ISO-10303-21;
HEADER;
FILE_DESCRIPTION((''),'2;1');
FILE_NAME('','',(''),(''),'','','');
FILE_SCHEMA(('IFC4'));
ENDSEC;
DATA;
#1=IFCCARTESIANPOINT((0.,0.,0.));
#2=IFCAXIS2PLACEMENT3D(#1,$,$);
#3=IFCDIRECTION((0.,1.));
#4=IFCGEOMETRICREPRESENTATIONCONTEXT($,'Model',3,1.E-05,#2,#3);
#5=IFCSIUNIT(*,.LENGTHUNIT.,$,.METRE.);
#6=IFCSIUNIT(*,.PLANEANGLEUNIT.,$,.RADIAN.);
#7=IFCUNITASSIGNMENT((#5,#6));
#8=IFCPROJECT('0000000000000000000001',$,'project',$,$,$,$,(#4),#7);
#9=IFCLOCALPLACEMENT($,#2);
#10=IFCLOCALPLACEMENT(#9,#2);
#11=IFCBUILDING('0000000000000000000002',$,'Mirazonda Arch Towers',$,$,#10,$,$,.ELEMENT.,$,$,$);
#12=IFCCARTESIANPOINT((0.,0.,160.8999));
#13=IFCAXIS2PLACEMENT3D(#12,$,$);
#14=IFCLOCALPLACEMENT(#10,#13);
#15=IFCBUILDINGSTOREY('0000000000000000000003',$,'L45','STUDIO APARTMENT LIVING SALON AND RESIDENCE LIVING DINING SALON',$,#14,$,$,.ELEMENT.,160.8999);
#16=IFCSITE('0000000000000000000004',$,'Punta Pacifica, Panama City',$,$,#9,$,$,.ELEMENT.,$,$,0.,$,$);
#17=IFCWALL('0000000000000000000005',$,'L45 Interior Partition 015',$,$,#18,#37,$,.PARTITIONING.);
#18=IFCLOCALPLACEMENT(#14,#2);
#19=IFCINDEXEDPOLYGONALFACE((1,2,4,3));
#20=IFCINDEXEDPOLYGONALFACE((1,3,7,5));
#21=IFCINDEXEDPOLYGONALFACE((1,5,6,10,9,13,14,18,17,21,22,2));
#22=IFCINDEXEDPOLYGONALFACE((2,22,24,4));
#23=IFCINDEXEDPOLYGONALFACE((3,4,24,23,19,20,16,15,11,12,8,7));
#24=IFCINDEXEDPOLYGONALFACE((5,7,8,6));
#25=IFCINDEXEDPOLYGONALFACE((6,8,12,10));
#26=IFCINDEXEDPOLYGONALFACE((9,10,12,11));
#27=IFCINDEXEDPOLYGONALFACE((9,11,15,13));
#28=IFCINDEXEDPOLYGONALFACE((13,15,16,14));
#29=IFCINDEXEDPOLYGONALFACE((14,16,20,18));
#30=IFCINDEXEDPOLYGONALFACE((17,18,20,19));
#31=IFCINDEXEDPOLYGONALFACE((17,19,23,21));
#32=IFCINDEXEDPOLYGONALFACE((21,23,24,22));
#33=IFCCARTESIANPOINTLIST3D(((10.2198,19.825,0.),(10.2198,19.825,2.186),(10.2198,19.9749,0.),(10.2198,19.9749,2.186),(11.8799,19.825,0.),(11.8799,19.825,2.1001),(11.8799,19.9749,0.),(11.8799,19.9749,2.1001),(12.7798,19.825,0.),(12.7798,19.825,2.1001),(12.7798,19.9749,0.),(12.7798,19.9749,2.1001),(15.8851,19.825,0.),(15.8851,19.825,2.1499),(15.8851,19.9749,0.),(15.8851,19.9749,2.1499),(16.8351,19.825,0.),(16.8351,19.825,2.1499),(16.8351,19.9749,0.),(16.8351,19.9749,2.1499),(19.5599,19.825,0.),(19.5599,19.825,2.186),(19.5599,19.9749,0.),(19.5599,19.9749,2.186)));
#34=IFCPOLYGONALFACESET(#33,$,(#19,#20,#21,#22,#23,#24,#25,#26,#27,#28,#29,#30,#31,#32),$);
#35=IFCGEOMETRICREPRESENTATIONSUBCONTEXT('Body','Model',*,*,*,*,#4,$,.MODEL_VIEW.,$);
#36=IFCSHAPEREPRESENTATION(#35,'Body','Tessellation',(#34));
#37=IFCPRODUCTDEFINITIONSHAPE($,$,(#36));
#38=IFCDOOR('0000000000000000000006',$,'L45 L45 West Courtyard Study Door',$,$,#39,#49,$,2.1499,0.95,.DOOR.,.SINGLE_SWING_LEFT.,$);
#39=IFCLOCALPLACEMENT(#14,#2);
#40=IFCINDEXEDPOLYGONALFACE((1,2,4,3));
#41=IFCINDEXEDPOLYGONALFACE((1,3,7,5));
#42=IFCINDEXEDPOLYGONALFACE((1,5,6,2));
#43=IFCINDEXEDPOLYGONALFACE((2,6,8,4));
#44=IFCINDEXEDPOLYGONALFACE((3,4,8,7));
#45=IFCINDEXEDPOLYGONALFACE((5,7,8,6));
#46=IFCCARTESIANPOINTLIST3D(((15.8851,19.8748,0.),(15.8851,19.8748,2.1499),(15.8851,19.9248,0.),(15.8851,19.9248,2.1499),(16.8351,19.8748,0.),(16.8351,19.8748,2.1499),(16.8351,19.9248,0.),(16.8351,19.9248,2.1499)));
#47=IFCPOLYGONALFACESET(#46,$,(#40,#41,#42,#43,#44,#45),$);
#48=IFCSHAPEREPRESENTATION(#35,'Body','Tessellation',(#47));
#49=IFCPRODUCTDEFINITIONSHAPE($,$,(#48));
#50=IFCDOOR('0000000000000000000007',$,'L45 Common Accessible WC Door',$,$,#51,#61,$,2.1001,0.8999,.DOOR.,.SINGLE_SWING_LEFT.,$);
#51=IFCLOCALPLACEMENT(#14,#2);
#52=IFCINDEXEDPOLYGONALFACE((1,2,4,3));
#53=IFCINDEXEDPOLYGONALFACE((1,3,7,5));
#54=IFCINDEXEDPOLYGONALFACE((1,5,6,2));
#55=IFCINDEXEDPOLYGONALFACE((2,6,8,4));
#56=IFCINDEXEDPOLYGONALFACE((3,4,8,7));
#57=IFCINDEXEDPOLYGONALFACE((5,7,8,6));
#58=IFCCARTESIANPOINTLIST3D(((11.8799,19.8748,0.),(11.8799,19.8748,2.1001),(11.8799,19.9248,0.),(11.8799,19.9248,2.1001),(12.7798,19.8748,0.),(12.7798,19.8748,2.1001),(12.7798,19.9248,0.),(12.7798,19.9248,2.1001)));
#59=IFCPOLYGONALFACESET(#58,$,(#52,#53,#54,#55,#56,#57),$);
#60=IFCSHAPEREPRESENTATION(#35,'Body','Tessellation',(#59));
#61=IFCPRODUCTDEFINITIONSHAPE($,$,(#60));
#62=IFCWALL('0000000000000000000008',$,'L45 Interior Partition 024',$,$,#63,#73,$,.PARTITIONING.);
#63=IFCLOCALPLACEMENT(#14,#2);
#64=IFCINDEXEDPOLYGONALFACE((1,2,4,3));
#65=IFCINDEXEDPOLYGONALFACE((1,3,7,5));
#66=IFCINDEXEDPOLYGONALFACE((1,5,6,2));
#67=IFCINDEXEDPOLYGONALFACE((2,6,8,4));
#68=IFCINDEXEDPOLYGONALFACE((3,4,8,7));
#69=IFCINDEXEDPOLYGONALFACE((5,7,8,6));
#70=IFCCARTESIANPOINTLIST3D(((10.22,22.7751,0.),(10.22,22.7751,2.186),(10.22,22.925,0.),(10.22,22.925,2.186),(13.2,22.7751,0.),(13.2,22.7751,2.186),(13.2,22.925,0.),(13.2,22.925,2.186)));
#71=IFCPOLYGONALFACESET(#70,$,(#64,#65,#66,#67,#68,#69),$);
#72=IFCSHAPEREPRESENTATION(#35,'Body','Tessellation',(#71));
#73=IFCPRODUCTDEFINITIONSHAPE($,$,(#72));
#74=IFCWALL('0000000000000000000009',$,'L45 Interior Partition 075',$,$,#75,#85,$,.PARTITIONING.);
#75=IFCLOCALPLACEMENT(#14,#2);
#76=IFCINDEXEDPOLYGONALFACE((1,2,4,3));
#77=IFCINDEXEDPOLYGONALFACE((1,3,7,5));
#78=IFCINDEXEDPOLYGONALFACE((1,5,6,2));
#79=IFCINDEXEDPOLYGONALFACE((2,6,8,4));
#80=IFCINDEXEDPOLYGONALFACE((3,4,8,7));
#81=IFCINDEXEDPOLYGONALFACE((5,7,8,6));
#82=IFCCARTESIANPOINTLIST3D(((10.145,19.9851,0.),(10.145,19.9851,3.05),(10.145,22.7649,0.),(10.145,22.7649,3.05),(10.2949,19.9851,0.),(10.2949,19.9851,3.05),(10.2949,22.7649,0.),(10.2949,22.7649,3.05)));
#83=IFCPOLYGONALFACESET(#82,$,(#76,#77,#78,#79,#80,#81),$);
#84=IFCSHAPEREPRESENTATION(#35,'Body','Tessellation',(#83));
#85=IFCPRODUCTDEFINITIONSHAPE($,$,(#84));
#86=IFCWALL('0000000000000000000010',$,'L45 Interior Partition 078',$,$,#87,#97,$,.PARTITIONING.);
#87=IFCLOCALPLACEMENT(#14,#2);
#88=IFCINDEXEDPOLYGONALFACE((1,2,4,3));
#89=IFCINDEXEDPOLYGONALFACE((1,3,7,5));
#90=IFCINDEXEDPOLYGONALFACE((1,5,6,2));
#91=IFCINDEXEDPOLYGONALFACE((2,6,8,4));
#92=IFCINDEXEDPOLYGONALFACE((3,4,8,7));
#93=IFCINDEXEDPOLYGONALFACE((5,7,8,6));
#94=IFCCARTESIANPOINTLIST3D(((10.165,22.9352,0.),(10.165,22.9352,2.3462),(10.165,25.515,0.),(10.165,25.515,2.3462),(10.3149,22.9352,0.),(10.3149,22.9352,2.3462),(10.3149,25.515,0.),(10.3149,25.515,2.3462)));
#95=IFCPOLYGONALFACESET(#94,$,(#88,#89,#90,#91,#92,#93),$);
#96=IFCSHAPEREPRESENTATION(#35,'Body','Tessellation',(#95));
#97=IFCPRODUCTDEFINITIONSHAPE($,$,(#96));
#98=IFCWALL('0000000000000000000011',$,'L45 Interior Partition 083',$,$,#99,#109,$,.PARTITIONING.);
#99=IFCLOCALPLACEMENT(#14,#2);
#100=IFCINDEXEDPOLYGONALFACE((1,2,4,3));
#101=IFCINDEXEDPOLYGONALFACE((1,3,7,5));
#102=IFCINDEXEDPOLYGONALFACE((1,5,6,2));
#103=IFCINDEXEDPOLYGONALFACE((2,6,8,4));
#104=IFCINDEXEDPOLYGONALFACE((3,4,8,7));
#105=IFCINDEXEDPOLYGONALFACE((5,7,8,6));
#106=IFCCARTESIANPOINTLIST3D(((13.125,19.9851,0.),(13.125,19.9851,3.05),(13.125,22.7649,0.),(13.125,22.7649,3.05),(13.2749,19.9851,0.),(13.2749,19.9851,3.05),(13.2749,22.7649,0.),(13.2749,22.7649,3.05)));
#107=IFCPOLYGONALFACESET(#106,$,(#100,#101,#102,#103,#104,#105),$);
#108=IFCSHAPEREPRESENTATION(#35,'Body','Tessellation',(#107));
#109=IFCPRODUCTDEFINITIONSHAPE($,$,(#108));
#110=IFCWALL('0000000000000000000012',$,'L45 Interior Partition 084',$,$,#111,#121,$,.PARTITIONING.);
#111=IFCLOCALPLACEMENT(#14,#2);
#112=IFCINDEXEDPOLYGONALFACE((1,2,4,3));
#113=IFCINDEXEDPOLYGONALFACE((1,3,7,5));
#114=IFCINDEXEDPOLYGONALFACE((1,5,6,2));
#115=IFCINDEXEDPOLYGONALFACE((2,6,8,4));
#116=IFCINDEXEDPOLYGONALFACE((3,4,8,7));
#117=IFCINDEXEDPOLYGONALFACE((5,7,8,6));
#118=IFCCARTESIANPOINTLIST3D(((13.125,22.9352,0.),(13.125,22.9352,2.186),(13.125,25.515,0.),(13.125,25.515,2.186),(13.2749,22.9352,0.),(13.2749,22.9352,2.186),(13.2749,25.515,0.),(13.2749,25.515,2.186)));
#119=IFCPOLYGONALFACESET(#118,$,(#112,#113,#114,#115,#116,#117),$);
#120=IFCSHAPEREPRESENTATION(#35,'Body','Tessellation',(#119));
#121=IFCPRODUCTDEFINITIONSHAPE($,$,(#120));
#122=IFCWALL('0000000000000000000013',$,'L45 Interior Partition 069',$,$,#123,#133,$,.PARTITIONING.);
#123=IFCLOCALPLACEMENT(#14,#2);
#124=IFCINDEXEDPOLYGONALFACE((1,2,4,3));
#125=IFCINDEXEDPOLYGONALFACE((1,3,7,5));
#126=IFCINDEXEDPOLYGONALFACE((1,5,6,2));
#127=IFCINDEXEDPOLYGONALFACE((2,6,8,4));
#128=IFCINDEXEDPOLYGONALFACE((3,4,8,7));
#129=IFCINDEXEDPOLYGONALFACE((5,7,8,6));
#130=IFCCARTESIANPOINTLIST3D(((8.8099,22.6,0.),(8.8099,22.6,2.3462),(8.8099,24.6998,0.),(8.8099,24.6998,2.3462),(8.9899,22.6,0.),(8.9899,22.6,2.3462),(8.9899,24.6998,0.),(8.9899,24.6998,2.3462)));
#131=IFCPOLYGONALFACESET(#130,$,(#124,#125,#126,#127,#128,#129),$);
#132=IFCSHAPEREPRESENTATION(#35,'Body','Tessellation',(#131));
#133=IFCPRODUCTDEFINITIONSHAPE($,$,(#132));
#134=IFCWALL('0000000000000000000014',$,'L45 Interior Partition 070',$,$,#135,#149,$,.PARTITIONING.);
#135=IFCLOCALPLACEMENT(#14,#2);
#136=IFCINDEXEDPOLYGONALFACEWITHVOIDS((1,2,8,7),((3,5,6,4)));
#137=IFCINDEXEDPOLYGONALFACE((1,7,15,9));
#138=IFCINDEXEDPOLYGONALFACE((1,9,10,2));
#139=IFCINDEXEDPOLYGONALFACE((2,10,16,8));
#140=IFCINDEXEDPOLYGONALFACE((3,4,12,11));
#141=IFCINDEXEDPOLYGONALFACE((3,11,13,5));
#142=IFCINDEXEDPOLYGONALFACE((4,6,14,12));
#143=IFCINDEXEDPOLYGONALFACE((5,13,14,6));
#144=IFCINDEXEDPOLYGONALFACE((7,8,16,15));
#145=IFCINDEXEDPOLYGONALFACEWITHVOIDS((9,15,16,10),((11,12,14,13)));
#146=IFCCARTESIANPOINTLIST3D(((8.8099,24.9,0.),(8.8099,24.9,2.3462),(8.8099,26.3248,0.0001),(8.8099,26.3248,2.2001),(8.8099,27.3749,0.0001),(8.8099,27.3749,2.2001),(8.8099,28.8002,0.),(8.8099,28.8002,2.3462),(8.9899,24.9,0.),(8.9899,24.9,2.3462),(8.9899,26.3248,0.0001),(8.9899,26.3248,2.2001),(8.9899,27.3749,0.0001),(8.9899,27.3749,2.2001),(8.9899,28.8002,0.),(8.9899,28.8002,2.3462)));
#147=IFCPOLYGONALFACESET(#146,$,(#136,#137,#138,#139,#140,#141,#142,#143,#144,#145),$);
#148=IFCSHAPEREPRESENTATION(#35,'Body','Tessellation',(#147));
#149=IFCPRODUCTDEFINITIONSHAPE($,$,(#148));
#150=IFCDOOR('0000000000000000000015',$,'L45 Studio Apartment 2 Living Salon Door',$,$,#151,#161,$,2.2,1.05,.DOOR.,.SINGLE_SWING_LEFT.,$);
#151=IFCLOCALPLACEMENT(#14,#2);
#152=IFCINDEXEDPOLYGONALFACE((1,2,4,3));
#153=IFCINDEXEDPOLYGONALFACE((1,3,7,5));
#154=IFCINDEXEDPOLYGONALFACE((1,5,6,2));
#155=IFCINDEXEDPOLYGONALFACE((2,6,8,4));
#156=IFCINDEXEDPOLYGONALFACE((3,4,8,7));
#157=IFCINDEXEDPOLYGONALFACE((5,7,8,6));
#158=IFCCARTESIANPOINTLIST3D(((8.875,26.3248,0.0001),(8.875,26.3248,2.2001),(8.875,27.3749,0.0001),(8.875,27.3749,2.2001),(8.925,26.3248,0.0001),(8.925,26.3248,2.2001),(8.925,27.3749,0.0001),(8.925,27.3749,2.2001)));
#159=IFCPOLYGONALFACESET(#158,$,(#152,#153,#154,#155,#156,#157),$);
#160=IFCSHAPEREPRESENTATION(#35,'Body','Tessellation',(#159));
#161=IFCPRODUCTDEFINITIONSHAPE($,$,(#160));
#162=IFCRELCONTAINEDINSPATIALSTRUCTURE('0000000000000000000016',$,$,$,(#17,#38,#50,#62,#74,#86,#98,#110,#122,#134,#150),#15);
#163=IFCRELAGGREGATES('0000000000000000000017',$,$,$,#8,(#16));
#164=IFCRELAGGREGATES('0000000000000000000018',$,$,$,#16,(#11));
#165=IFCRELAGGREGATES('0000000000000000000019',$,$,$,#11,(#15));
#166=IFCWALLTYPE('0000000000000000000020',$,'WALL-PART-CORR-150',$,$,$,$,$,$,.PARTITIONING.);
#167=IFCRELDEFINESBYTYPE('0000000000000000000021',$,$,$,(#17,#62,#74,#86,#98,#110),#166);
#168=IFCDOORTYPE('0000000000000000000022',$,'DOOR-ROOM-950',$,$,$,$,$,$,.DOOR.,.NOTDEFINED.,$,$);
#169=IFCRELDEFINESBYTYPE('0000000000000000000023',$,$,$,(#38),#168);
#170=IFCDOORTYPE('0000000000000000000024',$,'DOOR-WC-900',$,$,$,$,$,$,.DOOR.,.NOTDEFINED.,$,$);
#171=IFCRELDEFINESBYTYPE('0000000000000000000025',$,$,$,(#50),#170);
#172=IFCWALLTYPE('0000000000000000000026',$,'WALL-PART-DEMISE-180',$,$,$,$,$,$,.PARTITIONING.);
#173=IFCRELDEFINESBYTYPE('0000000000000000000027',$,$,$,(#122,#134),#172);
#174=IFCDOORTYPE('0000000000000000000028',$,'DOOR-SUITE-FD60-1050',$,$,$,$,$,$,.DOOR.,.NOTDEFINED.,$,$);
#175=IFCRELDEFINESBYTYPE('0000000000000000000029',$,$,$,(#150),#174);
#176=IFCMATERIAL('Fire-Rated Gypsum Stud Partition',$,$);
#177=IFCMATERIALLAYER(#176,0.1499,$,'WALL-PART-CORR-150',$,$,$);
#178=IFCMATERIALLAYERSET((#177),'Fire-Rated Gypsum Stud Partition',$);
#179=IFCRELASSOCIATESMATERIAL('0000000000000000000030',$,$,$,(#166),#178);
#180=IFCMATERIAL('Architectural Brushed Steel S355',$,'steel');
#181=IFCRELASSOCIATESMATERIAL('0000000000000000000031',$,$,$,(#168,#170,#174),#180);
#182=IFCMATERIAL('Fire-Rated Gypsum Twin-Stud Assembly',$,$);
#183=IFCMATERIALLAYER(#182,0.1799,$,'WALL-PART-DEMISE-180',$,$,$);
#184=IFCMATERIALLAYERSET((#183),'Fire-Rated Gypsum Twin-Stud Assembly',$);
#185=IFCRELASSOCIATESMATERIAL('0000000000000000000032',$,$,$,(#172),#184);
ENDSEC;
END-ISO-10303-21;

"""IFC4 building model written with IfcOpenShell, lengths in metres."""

from ifc_helpers import new_model, si_unit, direction, frame, frame_2d, origin, place, context, subcontext, project, spatial, rectangle, extrude, material, layer, layer_set, type_object, element, fill, save


model = new_model("IFC4")

# Units and contexts
model_context = context("Model", 3, precision=1e-05, world=origin(), true_north=direction((0.0, 1.0)))
body_context = subcontext(model_context, "Body", "Model", "MODEL_VIEW")
ifc_project = project(units=[si_unit("LENGTHUNIT", "METRE"), si_unit("PLANEANGLEUNIT", "RADIAN")], contexts=[model_context])

# Site, building, storey
site_placement = place(None, origin())
site = spatial("IfcSite", under=ifc_project, at=site_placement, Name="Punta Pacifica, Panama City", CompositionType="ELEMENT", RefElevation=0.0)
building_placement = place(site_placement, origin())
building = spatial("IfcBuilding", under=site, at=building_placement, Name="Mirazonda Arch Towers", CompositionType="ELEMENT")
storey_placement = place(building_placement, frame((0.0, 0.0, 160.8999)))
storey = spatial("IfcBuildingStorey", under=building, at=storey_placement, Name="L45", Description="STUDIO APARTMENT LIVING SALON AND RESIDENCE LIVING DINING SALON", CompositionType="ELEMENT", Elevation=160.8999)

# Shared definitions
ifc_material_1 = material(Name="Architectural Brushed Steel S355", Category="steel")

# Shared definitions
ifc_material_2 = material(Name="Fire-Rated Gypsum Stud Partition")
ifc_layer_1 = layer(ifc_material_2, 0.1499, Name="WALL-PART-CORR-150")
ifc_layer_set_1 = layer_set([ifc_layer_1], Name="Fire-Rated Gypsum Stud Partition")
wall_type_1 = type_object("IfcWallType", Name="WALL-PART-CORR-150", PredefinedType="PARTITIONING", material=ifc_layer_set_1)

# Wall, openings, doors
wall_1_placement = place(storey_placement, frame((10.22, 19.8999, 0.0), z_axis=(0.0, 0.0, 1.0), x_axis=(1.0, 0.0, 0.0)))
wall_1 = element("IfcWall", 1, at=wall_1_placement, inside=storey, type_object=wall_type_1, Name="L45 Interior Partition 015", PredefinedType="PARTITIONING", context=body_context, shape_type="SweptSolid", body=[
    extrude(rectangle(XDim=9.3401, YDim=0.1499, at=frame_2d((4.6699, 0.0))), origin(), (0.0, 0.0, 1.0), 2.186),
])
opening_1_placement = place(wall_1_placement, frame((1.6599, 0.0, 0.0)))
opening_1 = element("IfcOpeningElement", 2, at=opening_1_placement, cuts=wall_1, PredefinedType="OPENING", context=body_context, shape_type="SweptSolid", body=[
    extrude(rectangle(XDim=0.8999, YDim=2.1001, at=frame_2d((0.45, 1.05))), frame((0.0, 0.085, 0.0), z_axis=(0.0, -1.0, 0.0), x_axis=(1.0, 0.0, 0.0)), (0.0, 0.0, 1.0), 0.1699),
])
opening_2_placement = place(wall_1_placement, frame((5.665, 0.0, 0.0)))
opening_2 = element("IfcOpeningElement", 3, at=opening_2_placement, cuts=wall_1, PredefinedType="OPENING", context=body_context, shape_type="SweptSolid", body=[
    extrude(rectangle(XDim=0.95, YDim=2.1499, at=frame_2d((0.4751, 1.075))), frame((0.0, 0.085, 0.0), z_axis=(0.0, -1.0, 0.0), x_axis=(1.0, 0.0, 0.0)), (0.0, 0.0, 1.0), 0.1699),
])
door_type_1 = type_object("IfcDoorType", Name="DOOR-ROOM-950", OperationType="NOTDEFINED", PredefinedType="DOOR", material=ifc_material_1)
door_1_placement = place(opening_2_placement, origin())
door_1 = element("IfcDoor", 4, at=door_1_placement, inside=storey, type_object=door_type_1, Name="L45 L45 West Courtyard Study Door", OperationType="SINGLE_SWING_LEFT", OverallHeight=2.1499, OverallWidth=0.95, PredefinedType="DOOR", context=body_context, shape_type="SweptSolid", body=[
    extrude(rectangle(XDim=0.95, YDim=2.1499, at=frame_2d((0.4751, 1.075))), frame((0.0, 0.0249, 0.0), z_axis=(0.0, -1.0, 0.0), x_axis=(1.0, 0.0, 0.0)), (0.0, 0.0, 1.0), 0.05),
])
fill(opening_2, door_1)
door_type_2 = type_object("IfcDoorType", Name="DOOR-WC-900", OperationType="NOTDEFINED", PredefinedType="DOOR", material=ifc_material_1)
door_2_placement = place(opening_1_placement, origin())
door_2 = element("IfcDoor", 5, at=door_2_placement, inside=storey, type_object=door_type_2, Name="L45 Common Accessible WC Door", OperationType="SINGLE_SWING_LEFT", OverallHeight=2.1001, OverallWidth=0.8999, PredefinedType="DOOR", context=body_context, shape_type="SweptSolid", body=[
    extrude(rectangle(XDim=0.8999, YDim=2.1001, at=frame_2d((0.45, 1.05))), frame((0.0, 0.0249, 0.0), z_axis=(0.0, -1.0, 0.0), x_axis=(1.0, 0.0, 0.0)), (0.0, 0.0, 1.0), 0.05),
])
fill(opening_1, door_2)

# Walls
wall_2_placement = place(storey_placement, frame((10.22, 22.8501, 0.0), z_axis=(0.0, 0.0, 1.0), x_axis=(1.0, 0.0, 0.0)))
element("IfcWall", 6, at=wall_2_placement, inside=storey, type_object=wall_type_1, Name="L45 Interior Partition 024", PredefinedType="PARTITIONING", context=body_context, shape_type="SweptSolid", body=[
    extrude(rectangle(XDim=2.98, YDim=0.1499, at=frame_2d((1.49, 0.0))), origin(), (0.0, 0.0, 1.0), 2.186),
])
wall_3_placement = place(storey_placement, frame((10.22, 19.9851, 0.0), z_axis=(0.0, 0.0, 1.0), x_axis=(0.0, 1.0, 0.0)))
element("IfcWall", 7, at=wall_3_placement, inside=storey, type_object=wall_type_1, Name="L45 Interior Partition 075", PredefinedType="PARTITIONING", context=body_context, shape_type="SweptSolid", body=[
    extrude(rectangle(XDim=2.7798, YDim=0.1499, at=frame_2d((1.3899, 0.0))), origin(), (0.0, 0.0, 1.0), 3.05),
])
wall_4_placement = place(storey_placement, frame((10.24, 22.9351, 0.0), z_axis=(0.0, 0.0, 1.0), x_axis=(0.0, 1.0, 0.0)))
element("IfcWall", 8, at=wall_4_placement, inside=storey, type_object=wall_type_1, Name="L45 Interior Partition 078", PredefinedType="PARTITIONING", context=body_context, shape_type="SweptSolid", body=[
    extrude(rectangle(XDim=2.5798, YDim=0.1499, at=frame_2d((1.29, 0.0))), origin(), (0.0, 0.0, 1.0), 2.3462),
])
wall_5_placement = place(storey_placement, frame((13.2, 19.9851, 0.0), z_axis=(0.0, 0.0, 1.0), x_axis=(0.0, 1.0, 0.0)))
element("IfcWall", 9, at=wall_5_placement, inside=storey, type_object=wall_type_1, Name="L45 Interior Partition 083", PredefinedType="PARTITIONING", context=body_context, shape_type="SweptSolid", body=[
    extrude(rectangle(XDim=2.7798, YDim=0.1499, at=frame_2d((1.3899, 0.0))), origin(), (0.0, 0.0, 1.0), 3.05),
])
wall_6_placement = place(storey_placement, frame((13.2, 22.9351, 0.0), z_axis=(0.0, 0.0, 1.0), x_axis=(0.0, 1.0, 0.0)))
element("IfcWall", 10, at=wall_6_placement, inside=storey, type_object=wall_type_1, Name="L45 Interior Partition 084", PredefinedType="PARTITIONING", context=body_context, shape_type="SweptSolid", body=[
    extrude(rectangle(XDim=2.5798, YDim=0.1499, at=frame_2d((1.29, 0.0))), origin(), (0.0, 0.0, 1.0), 2.186),
])
ifc_material_3 = material(Name="Fire-Rated Gypsum Twin-Stud Assembly")
ifc_layer_2 = layer(ifc_material_3, 0.1799, Name="WALL-PART-DEMISE-180")
ifc_layer_set_2 = layer_set([ifc_layer_2], Name="Fire-Rated Gypsum Twin-Stud Assembly")
wall_type_2 = type_object("IfcWallType", Name="WALL-PART-DEMISE-180", PredefinedType="PARTITIONING", material=ifc_layer_set_2)
wall_7_placement = place(storey_placement, frame((8.8999, 22.6001, 0.0), z_axis=(0.0, 0.0, 1.0), x_axis=(0.0, 1.0, 0.0)))
element("IfcWall", 11, at=wall_7_placement, inside=storey, type_object=wall_type_2, Name="L45 Interior Partition 069", PredefinedType="PARTITIONING", context=body_context, shape_type="SweptSolid", body=[
    extrude(rectangle(XDim=2.0999, YDim=0.1799, at=frame_2d((1.0498, 0.0))), origin(), (0.0, 0.0, 1.0), 2.3462),
])

# Wall, opening, door
wall_8_placement = place(storey_placement, frame((8.8999, 24.8999, 0.0), z_axis=(0.0, 0.0, 1.0), x_axis=(0.0, 1.0, 0.0)))
wall_8 = element("IfcWall", 12, at=wall_8_placement, inside=storey, type_object=wall_type_2, Name="L45 Interior Partition 070", PredefinedType="PARTITIONING", context=body_context, shape_type="SweptSolid", body=[
    extrude(rectangle(XDim=3.9001, YDim=0.1799, at=frame_2d((1.9502, 0.0))), origin(), (0.0, 0.0, 1.0), 2.3462),
])
opening_3_placement = place(wall_8_placement, frame((1.425, 0.0, 0.0)))
opening_3 = element("IfcOpeningElement", 13, at=opening_3_placement, cuts=wall_8, PredefinedType="OPENING", context=body_context, shape_type="SweptSolid", body=[
    extrude(rectangle(XDim=1.05, YDim=2.2, at=frame_2d((0.5249, 1.1001))), frame((0.0, 0.0999, 0.0), z_axis=(0.0, -1.0, 0.0), x_axis=(1.0, 0.0, 0.0)), (0.0, 0.0, 1.0), 0.2),
])
door_type_3 = type_object("IfcDoorType", Name="DOOR-SUITE-FD60-1050", OperationType="NOTDEFINED", PredefinedType="DOOR", material=ifc_material_1)
door_3_placement = place(opening_3_placement, origin())
door_3 = element("IfcDoor", 14, at=door_3_placement, inside=storey, type_object=door_type_3, Name="L45 Studio Apartment 2 Living Salon Door", OperationType="SINGLE_SWING_LEFT", OverallHeight=2.2, OverallWidth=1.05, PredefinedType="DOOR", context=body_context, shape_type="SweptSolid", body=[
    extrude(rectangle(XDim=1.05, YDim=2.2, at=frame_2d((0.5249, 1.1001))), frame((0.0, 0.0249, 0.0), z_axis=(0.0, -1.0, 0.0), x_axis=(1.0, 0.0, 0.0)), (0.0, 0.0, 1.0), 0.05),
])
fill(opening_3, door_3)

save(model, "model.ifc")
